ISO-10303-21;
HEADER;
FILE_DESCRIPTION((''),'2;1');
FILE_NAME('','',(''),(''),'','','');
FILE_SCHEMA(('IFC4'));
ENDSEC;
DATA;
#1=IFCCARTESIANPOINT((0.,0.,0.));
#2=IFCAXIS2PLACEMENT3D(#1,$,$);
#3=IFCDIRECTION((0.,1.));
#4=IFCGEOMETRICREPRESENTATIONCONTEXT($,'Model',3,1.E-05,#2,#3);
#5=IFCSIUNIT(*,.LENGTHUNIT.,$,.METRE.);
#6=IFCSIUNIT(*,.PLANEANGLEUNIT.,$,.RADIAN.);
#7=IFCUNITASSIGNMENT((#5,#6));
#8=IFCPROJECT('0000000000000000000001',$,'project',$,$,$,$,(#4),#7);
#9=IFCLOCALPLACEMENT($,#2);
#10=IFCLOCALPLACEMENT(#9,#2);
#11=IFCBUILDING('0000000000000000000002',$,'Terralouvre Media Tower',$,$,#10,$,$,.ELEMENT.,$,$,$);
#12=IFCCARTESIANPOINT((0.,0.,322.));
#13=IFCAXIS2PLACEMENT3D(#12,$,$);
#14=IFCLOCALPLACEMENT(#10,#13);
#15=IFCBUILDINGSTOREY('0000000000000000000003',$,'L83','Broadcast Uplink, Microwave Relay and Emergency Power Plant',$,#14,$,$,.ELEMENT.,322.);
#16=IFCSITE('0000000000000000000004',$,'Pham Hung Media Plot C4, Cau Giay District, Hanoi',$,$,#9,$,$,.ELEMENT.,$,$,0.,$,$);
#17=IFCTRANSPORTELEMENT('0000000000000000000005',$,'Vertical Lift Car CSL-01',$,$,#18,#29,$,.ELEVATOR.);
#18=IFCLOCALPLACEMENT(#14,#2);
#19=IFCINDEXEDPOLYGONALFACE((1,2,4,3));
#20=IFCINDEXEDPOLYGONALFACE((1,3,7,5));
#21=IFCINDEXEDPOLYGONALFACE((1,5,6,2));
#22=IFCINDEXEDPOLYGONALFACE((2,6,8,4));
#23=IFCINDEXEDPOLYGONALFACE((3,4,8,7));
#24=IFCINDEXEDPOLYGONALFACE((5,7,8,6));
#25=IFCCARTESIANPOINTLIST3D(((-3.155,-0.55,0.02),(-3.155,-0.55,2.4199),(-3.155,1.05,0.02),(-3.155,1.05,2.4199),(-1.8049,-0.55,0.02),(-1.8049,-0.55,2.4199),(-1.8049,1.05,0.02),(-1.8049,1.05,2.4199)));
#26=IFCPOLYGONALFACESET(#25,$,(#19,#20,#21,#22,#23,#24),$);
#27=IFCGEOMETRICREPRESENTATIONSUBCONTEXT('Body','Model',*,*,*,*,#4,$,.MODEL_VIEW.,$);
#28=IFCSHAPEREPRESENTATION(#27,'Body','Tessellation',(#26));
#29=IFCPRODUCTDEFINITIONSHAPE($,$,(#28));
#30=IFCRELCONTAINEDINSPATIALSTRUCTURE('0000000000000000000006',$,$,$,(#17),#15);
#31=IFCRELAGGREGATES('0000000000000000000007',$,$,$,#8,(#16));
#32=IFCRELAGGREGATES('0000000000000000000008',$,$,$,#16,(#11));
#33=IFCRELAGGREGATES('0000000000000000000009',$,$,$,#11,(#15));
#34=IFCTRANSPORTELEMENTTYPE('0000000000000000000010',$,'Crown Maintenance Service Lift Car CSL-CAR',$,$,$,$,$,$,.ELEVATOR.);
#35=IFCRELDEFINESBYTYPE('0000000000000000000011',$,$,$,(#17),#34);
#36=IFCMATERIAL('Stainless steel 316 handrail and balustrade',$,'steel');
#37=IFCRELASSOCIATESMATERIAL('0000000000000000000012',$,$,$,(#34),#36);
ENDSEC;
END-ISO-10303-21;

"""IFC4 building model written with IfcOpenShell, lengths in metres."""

from ifc_helpers import new_model, si_unit, direction, frame, origin, origin_2d, place, context, subcontext, project, spatial, rectangle, extrude, material, type_object, element, save


model = new_model("IFC4")

# Units and contexts
model_context = context("Model", 3, precision=1e-05, world=origin(), true_north=direction((0.0, 1.0)))
body_context = subcontext(model_context, "Body", "Model", "MODEL_VIEW")
ifc_project = project(units=[si_unit("LENGTHUNIT", "METRE"), si_unit("PLANEANGLEUNIT", "RADIAN")], contexts=[model_context])

# Site, building, storey
site_placement = place(None, origin())
site = spatial("IfcSite", under=ifc_project, at=site_placement, Name="Pham Hung Media Plot C4, Cau Giay District, Hanoi", CompositionType="ELEMENT", RefElevation=0.0)
building_placement = place(site_placement, origin())
building = spatial("IfcBuilding", under=site, at=building_placement, Name="Terralouvre Media Tower", CompositionType="ELEMENT")
storey_placement = place(building_placement, frame((0.0, 0.0, 322.0)))
storey = spatial("IfcBuildingStorey", under=building, at=storey_placement, Name="L83", Description="Broadcast Uplink, Microwave Relay and Emergency Power Plant", CompositionType="ELEMENT", Elevation=322.0)

# Transport element
ifc_material_1 = material(Name="Stainless steel 316 handrail and balustrade", Category="steel")
transport_element_type = type_object("IfcTransportElementType", Name="Crown Maintenance Service Lift Car CSL-CAR", PredefinedType="ELEVATOR", material=ifc_material_1)
transport_element_placement = place(storey_placement, frame((-2.48, 0.25, 0.02), z_axis=(0.0, 0.0, 1.0), x_axis=(1.0, 0.0, 0.0)))
element("IfcTransportElement", 1, at=transport_element_placement, inside=storey, type_object=transport_element_type, Name="Vertical Lift Car CSL-01", PredefinedType="ELEVATOR", context=body_context, shape_type="SweptSolid", body=[
    extrude(rectangle(XDim=1.3501, YDim=1.6001, at=origin_2d()), origin(), (0.0, 0.0, 1.0), 2.3999),
])

save(model, "model.ifc")
